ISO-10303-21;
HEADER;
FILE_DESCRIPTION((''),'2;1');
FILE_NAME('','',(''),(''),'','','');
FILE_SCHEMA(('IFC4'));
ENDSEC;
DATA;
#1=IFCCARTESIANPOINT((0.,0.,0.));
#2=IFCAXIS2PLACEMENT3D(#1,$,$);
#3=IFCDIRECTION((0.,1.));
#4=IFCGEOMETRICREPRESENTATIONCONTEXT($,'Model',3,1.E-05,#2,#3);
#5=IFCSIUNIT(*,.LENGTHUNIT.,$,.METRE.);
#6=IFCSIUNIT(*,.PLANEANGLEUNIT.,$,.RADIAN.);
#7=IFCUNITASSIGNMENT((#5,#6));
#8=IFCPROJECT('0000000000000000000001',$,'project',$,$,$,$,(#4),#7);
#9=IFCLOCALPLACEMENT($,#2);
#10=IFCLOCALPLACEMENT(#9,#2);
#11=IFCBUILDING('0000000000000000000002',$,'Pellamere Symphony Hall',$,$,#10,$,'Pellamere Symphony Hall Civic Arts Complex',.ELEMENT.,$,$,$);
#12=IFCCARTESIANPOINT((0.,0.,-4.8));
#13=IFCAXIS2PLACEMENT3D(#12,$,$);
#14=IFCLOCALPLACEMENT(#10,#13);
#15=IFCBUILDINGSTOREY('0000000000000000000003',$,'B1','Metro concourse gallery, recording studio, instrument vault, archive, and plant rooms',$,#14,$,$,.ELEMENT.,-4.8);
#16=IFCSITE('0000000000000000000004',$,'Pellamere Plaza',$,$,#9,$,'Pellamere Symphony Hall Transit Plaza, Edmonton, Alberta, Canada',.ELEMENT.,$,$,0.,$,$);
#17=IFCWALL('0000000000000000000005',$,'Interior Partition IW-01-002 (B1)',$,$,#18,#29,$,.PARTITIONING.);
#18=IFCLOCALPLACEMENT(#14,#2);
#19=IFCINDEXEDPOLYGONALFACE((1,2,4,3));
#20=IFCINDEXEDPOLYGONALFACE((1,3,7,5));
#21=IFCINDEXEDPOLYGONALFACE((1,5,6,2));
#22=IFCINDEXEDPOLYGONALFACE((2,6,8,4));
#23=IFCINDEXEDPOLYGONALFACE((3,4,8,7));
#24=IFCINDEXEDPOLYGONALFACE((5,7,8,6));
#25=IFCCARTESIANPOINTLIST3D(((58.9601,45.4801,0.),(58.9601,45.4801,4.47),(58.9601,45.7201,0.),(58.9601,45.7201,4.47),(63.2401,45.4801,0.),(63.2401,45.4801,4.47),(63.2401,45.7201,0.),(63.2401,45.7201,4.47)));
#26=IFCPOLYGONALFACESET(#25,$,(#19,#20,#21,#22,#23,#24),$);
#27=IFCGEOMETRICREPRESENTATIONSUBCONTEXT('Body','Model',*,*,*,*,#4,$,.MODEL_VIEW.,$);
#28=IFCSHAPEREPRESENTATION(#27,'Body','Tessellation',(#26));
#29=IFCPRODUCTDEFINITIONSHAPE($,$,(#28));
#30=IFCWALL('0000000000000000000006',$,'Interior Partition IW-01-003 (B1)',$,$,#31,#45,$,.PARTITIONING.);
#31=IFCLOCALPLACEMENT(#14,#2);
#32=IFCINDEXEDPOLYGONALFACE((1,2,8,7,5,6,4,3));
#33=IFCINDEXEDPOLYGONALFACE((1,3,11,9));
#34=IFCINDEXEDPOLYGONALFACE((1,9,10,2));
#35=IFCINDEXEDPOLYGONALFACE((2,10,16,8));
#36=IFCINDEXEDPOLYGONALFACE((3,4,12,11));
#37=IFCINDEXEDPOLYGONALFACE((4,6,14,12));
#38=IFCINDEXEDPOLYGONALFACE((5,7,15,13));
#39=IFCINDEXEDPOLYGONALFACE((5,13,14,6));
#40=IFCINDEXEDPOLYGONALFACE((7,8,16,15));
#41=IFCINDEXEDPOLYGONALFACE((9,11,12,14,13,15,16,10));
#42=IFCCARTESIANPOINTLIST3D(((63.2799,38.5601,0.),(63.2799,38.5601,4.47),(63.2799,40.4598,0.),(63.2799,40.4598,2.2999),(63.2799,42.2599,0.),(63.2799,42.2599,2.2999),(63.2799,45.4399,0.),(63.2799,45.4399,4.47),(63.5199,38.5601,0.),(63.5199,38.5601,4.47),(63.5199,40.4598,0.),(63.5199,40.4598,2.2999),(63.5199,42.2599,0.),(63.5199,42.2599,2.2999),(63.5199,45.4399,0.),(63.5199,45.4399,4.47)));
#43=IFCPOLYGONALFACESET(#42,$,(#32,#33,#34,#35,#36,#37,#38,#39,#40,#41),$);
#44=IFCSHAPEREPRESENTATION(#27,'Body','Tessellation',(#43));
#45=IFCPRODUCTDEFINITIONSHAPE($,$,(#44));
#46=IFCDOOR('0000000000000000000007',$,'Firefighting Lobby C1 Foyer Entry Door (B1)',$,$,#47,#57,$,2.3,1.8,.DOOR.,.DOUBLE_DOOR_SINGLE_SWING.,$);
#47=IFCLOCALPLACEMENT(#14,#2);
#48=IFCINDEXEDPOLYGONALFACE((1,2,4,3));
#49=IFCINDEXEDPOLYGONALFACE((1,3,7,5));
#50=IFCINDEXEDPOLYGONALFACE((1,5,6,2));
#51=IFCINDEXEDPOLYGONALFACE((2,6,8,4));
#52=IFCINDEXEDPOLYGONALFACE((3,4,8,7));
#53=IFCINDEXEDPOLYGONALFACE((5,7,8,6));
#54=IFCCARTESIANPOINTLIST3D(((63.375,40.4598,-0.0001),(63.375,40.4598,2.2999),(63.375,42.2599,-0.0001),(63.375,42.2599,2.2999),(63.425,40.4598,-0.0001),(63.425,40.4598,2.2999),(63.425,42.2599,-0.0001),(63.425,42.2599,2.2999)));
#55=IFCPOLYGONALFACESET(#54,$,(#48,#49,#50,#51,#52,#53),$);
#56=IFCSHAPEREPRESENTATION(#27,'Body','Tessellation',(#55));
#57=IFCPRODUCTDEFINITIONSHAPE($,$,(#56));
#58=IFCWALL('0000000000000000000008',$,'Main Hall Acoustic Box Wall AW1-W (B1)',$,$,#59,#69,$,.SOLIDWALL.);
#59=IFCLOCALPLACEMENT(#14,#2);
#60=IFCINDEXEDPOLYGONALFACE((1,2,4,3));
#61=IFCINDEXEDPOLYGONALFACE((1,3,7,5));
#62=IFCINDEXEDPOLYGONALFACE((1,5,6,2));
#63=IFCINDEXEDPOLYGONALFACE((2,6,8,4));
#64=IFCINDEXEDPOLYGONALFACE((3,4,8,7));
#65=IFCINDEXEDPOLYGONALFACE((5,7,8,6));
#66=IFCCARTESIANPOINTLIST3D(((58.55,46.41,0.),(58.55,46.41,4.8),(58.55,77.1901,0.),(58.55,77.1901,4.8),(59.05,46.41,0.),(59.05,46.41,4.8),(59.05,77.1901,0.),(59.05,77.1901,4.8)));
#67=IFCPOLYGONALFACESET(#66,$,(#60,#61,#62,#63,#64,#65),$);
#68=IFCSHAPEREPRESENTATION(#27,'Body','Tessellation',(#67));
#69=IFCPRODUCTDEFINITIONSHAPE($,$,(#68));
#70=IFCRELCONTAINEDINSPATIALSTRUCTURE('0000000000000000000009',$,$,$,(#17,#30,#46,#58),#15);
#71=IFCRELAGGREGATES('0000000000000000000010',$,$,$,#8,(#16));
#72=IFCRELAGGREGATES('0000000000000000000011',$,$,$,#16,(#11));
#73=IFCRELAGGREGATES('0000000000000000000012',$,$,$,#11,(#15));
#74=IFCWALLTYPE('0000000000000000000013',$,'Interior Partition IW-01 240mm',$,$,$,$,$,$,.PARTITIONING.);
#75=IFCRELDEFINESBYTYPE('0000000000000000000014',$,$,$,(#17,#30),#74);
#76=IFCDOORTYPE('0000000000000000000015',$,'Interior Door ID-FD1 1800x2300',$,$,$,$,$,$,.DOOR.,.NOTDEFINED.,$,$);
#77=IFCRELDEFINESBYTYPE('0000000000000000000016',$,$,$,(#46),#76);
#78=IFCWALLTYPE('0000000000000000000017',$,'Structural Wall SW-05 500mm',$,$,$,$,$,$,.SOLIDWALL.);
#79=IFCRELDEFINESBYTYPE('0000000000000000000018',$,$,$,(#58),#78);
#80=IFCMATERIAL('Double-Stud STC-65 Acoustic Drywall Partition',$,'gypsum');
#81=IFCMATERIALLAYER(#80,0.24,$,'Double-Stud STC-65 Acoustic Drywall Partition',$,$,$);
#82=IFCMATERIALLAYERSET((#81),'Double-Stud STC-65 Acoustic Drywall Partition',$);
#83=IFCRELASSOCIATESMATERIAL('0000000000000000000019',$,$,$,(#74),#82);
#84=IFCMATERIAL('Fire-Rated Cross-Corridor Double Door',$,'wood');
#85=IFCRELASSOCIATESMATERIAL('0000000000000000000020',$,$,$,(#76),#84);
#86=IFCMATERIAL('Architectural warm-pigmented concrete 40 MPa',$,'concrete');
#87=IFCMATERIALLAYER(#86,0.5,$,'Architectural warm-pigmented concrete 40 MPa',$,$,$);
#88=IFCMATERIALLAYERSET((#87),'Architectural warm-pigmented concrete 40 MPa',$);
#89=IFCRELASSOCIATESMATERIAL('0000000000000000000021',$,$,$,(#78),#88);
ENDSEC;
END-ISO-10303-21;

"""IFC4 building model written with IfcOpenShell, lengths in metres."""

from ifc_helpers import new_model, si_unit, direction, frame, frame_2d, origin, place, context, subcontext, project, spatial, rectangle, extrude, material, layer, layer_set, type_object, element, fill, save


model = new_model("IFC4")

# Units and contexts
model_context = context("Model", 3, precision=1e-05, world=origin(), true_north=direction((0.0, 1.0)))
body_context = subcontext(model_context, "Body", "Model", "MODEL_VIEW")
ifc_project = project(units=[si_unit("LENGTHUNIT", "METRE"), si_unit("PLANEANGLEUNIT", "RADIAN")], contexts=[model_context])

# Site, building, storey
site_placement = place(None, origin())
site = spatial("IfcSite", under=ifc_project, at=site_placement, Name="Pellamere Plaza", LongName="Pellamere Symphony Hall Transit Plaza, Edmonton, Alberta, Canada", CompositionType="ELEMENT", RefElevation=0.0)
building_placement = place(site_placement, origin())
building = spatial("IfcBuilding", under=site, at=building_placement, Name="Pellamere Symphony Hall", LongName="Pellamere Symphony Hall Civic Arts Complex", CompositionType="ELEMENT")
storey_placement = place(building_placement, frame((0.0, 0.0, -4.8)))
storey = spatial("IfcBuildingStorey", under=building, at=storey_placement, Name="B1", Description="Metro concourse gallery, recording studio, instrument vault, archive, and plant rooms", CompositionType="ELEMENT", Elevation=-4.8)

# Wall
ifc_material_1 = material(Name="Double-Stud STC-65 Acoustic Drywall Partition", Category="gypsum")
ifc_layer_1 = layer(ifc_material_1, 0.24, Name="Double-Stud STC-65 Acoustic Drywall Partition")
ifc_layer_set_1 = layer_set([ifc_layer_1], Name="Double-Stud STC-65 Acoustic Drywall Partition")
wall_type_1 = type_object("IfcWallType", Name="Interior Partition IW-01 240mm", PredefinedType="PARTITIONING", material=ifc_layer_set_1)
wall_1_placement = place(storey_placement, frame((58.96, 45.6001, 0.0), z_axis=(0.0, 0.0, 1.0), x_axis=(1.0, 0.0, 0.0)))
element("IfcWall", 1, at=wall_1_placement, inside=storey, type_object=wall_type_1, Name="Interior Partition IW-01-002 (B1)", PredefinedType="PARTITIONING", context=body_context, shape_type="SweptSolid", body=[
    extrude(rectangle(XDim=4.28, YDim=0.24, at=frame_2d((2.1401, 0.0))), origin(), (0.0, 0.0, 1.0), 4.47),
])

# Wall, opening, door
wall_2_placement = place(storey_placement, frame((63.3999, 38.5601, 0.0), z_axis=(0.0, 0.0, 1.0), x_axis=(0.0, 1.0, 0.0)))
wall_2 = element("IfcWall", 2, at=wall_2_placement, inside=storey, type_object=wall_type_1, Name="Interior Partition IW-01-003 (B1)", PredefinedType="PARTITIONING", context=body_context, shape_type="SweptSolid", body=[
    extrude(rectangle(XDim=6.8799, YDim=0.24, at=frame_2d((3.4399, 0.0))), origin(), (0.0, 0.0, 1.0), 4.47),
])
opening_placement = place(wall_2_placement, frame((1.8999, 0.0, 0.0)))
opening = element("IfcOpeningElement", 3, at=opening_placement, cuts=wall_2, PredefinedType="OPENING", context=body_context, shape_type="SweptSolid", body=[
    extrude(rectangle(XDim=1.8, YDim=2.3, at=frame_2d((0.8999, 1.1499))), frame((0.0, 0.1299, 0.0), z_axis=(0.0, -1.0, 0.0), x_axis=(1.0, 0.0, 0.0)), (0.0, 0.0, 1.0), 0.26),
])
ifc_material_2 = material(Name="Fire-Rated Cross-Corridor Double Door", Category="wood")
door_type = type_object("IfcDoorType", Name="Interior Door ID-FD1 1800x2300", OperationType="NOTDEFINED", PredefinedType="DOOR", material=ifc_material_2)
door_placement = place(opening_placement, origin())
door = element("IfcDoor", 4, at=door_placement, inside=storey, type_object=door_type, Name="Firefighting Lobby C1 Foyer Entry Door (B1)", OperationType="DOUBLE_DOOR_SINGLE_SWING", OverallHeight=2.3, OverallWidth=1.8, PredefinedType="DOOR", context=body_context, shape_type="SweptSolid", body=[
    extrude(rectangle(XDim=1.8, YDim=2.3, at=frame_2d((0.8999, 1.1499))), frame((0.0, 0.0249, 0.0), z_axis=(0.0, -1.0, 0.0), x_axis=(1.0, 0.0, 0.0)), (0.0, 0.0, 1.0), 0.05),
])
fill(opening, door)

# Wall
ifc_material_3 = material(Name="Architectural warm-pigmented concrete 40 MPa", Category="concrete")
ifc_layer_2 = layer(ifc_material_3, 0.5, Name="Architectural warm-pigmented concrete 40 MPa")
ifc_layer_set_2 = layer_set([ifc_layer_2], Name="Architectural warm-pigmented concrete 40 MPa")
wall_type_2 = type_object("IfcWallType", Name="Structural Wall SW-05 500mm", PredefinedType="SOLIDWALL", material=ifc_layer_set_2)
wall_3_placement = place(storey_placement, frame((58.8, 46.4099, 0.0), z_axis=(0.0, 0.0, 1.0), x_axis=(0.0, 1.0, 0.0)))
element("IfcWall", 5, at=wall_3_placement, inside=storey, type_object=wall_type_2, Name="Main Hall Acoustic Box Wall AW1-W (B1)", PredefinedType="SOLIDWALL", context=body_context, shape_type="SweptSolid", body=[
    extrude(rectangle(XDim=30.78, YDim=0.5, at=frame_2d((15.3901, 0.0))), origin(), (0.0, 0.0, 1.0), 4.8),
])

save(model, "model.ifc")
